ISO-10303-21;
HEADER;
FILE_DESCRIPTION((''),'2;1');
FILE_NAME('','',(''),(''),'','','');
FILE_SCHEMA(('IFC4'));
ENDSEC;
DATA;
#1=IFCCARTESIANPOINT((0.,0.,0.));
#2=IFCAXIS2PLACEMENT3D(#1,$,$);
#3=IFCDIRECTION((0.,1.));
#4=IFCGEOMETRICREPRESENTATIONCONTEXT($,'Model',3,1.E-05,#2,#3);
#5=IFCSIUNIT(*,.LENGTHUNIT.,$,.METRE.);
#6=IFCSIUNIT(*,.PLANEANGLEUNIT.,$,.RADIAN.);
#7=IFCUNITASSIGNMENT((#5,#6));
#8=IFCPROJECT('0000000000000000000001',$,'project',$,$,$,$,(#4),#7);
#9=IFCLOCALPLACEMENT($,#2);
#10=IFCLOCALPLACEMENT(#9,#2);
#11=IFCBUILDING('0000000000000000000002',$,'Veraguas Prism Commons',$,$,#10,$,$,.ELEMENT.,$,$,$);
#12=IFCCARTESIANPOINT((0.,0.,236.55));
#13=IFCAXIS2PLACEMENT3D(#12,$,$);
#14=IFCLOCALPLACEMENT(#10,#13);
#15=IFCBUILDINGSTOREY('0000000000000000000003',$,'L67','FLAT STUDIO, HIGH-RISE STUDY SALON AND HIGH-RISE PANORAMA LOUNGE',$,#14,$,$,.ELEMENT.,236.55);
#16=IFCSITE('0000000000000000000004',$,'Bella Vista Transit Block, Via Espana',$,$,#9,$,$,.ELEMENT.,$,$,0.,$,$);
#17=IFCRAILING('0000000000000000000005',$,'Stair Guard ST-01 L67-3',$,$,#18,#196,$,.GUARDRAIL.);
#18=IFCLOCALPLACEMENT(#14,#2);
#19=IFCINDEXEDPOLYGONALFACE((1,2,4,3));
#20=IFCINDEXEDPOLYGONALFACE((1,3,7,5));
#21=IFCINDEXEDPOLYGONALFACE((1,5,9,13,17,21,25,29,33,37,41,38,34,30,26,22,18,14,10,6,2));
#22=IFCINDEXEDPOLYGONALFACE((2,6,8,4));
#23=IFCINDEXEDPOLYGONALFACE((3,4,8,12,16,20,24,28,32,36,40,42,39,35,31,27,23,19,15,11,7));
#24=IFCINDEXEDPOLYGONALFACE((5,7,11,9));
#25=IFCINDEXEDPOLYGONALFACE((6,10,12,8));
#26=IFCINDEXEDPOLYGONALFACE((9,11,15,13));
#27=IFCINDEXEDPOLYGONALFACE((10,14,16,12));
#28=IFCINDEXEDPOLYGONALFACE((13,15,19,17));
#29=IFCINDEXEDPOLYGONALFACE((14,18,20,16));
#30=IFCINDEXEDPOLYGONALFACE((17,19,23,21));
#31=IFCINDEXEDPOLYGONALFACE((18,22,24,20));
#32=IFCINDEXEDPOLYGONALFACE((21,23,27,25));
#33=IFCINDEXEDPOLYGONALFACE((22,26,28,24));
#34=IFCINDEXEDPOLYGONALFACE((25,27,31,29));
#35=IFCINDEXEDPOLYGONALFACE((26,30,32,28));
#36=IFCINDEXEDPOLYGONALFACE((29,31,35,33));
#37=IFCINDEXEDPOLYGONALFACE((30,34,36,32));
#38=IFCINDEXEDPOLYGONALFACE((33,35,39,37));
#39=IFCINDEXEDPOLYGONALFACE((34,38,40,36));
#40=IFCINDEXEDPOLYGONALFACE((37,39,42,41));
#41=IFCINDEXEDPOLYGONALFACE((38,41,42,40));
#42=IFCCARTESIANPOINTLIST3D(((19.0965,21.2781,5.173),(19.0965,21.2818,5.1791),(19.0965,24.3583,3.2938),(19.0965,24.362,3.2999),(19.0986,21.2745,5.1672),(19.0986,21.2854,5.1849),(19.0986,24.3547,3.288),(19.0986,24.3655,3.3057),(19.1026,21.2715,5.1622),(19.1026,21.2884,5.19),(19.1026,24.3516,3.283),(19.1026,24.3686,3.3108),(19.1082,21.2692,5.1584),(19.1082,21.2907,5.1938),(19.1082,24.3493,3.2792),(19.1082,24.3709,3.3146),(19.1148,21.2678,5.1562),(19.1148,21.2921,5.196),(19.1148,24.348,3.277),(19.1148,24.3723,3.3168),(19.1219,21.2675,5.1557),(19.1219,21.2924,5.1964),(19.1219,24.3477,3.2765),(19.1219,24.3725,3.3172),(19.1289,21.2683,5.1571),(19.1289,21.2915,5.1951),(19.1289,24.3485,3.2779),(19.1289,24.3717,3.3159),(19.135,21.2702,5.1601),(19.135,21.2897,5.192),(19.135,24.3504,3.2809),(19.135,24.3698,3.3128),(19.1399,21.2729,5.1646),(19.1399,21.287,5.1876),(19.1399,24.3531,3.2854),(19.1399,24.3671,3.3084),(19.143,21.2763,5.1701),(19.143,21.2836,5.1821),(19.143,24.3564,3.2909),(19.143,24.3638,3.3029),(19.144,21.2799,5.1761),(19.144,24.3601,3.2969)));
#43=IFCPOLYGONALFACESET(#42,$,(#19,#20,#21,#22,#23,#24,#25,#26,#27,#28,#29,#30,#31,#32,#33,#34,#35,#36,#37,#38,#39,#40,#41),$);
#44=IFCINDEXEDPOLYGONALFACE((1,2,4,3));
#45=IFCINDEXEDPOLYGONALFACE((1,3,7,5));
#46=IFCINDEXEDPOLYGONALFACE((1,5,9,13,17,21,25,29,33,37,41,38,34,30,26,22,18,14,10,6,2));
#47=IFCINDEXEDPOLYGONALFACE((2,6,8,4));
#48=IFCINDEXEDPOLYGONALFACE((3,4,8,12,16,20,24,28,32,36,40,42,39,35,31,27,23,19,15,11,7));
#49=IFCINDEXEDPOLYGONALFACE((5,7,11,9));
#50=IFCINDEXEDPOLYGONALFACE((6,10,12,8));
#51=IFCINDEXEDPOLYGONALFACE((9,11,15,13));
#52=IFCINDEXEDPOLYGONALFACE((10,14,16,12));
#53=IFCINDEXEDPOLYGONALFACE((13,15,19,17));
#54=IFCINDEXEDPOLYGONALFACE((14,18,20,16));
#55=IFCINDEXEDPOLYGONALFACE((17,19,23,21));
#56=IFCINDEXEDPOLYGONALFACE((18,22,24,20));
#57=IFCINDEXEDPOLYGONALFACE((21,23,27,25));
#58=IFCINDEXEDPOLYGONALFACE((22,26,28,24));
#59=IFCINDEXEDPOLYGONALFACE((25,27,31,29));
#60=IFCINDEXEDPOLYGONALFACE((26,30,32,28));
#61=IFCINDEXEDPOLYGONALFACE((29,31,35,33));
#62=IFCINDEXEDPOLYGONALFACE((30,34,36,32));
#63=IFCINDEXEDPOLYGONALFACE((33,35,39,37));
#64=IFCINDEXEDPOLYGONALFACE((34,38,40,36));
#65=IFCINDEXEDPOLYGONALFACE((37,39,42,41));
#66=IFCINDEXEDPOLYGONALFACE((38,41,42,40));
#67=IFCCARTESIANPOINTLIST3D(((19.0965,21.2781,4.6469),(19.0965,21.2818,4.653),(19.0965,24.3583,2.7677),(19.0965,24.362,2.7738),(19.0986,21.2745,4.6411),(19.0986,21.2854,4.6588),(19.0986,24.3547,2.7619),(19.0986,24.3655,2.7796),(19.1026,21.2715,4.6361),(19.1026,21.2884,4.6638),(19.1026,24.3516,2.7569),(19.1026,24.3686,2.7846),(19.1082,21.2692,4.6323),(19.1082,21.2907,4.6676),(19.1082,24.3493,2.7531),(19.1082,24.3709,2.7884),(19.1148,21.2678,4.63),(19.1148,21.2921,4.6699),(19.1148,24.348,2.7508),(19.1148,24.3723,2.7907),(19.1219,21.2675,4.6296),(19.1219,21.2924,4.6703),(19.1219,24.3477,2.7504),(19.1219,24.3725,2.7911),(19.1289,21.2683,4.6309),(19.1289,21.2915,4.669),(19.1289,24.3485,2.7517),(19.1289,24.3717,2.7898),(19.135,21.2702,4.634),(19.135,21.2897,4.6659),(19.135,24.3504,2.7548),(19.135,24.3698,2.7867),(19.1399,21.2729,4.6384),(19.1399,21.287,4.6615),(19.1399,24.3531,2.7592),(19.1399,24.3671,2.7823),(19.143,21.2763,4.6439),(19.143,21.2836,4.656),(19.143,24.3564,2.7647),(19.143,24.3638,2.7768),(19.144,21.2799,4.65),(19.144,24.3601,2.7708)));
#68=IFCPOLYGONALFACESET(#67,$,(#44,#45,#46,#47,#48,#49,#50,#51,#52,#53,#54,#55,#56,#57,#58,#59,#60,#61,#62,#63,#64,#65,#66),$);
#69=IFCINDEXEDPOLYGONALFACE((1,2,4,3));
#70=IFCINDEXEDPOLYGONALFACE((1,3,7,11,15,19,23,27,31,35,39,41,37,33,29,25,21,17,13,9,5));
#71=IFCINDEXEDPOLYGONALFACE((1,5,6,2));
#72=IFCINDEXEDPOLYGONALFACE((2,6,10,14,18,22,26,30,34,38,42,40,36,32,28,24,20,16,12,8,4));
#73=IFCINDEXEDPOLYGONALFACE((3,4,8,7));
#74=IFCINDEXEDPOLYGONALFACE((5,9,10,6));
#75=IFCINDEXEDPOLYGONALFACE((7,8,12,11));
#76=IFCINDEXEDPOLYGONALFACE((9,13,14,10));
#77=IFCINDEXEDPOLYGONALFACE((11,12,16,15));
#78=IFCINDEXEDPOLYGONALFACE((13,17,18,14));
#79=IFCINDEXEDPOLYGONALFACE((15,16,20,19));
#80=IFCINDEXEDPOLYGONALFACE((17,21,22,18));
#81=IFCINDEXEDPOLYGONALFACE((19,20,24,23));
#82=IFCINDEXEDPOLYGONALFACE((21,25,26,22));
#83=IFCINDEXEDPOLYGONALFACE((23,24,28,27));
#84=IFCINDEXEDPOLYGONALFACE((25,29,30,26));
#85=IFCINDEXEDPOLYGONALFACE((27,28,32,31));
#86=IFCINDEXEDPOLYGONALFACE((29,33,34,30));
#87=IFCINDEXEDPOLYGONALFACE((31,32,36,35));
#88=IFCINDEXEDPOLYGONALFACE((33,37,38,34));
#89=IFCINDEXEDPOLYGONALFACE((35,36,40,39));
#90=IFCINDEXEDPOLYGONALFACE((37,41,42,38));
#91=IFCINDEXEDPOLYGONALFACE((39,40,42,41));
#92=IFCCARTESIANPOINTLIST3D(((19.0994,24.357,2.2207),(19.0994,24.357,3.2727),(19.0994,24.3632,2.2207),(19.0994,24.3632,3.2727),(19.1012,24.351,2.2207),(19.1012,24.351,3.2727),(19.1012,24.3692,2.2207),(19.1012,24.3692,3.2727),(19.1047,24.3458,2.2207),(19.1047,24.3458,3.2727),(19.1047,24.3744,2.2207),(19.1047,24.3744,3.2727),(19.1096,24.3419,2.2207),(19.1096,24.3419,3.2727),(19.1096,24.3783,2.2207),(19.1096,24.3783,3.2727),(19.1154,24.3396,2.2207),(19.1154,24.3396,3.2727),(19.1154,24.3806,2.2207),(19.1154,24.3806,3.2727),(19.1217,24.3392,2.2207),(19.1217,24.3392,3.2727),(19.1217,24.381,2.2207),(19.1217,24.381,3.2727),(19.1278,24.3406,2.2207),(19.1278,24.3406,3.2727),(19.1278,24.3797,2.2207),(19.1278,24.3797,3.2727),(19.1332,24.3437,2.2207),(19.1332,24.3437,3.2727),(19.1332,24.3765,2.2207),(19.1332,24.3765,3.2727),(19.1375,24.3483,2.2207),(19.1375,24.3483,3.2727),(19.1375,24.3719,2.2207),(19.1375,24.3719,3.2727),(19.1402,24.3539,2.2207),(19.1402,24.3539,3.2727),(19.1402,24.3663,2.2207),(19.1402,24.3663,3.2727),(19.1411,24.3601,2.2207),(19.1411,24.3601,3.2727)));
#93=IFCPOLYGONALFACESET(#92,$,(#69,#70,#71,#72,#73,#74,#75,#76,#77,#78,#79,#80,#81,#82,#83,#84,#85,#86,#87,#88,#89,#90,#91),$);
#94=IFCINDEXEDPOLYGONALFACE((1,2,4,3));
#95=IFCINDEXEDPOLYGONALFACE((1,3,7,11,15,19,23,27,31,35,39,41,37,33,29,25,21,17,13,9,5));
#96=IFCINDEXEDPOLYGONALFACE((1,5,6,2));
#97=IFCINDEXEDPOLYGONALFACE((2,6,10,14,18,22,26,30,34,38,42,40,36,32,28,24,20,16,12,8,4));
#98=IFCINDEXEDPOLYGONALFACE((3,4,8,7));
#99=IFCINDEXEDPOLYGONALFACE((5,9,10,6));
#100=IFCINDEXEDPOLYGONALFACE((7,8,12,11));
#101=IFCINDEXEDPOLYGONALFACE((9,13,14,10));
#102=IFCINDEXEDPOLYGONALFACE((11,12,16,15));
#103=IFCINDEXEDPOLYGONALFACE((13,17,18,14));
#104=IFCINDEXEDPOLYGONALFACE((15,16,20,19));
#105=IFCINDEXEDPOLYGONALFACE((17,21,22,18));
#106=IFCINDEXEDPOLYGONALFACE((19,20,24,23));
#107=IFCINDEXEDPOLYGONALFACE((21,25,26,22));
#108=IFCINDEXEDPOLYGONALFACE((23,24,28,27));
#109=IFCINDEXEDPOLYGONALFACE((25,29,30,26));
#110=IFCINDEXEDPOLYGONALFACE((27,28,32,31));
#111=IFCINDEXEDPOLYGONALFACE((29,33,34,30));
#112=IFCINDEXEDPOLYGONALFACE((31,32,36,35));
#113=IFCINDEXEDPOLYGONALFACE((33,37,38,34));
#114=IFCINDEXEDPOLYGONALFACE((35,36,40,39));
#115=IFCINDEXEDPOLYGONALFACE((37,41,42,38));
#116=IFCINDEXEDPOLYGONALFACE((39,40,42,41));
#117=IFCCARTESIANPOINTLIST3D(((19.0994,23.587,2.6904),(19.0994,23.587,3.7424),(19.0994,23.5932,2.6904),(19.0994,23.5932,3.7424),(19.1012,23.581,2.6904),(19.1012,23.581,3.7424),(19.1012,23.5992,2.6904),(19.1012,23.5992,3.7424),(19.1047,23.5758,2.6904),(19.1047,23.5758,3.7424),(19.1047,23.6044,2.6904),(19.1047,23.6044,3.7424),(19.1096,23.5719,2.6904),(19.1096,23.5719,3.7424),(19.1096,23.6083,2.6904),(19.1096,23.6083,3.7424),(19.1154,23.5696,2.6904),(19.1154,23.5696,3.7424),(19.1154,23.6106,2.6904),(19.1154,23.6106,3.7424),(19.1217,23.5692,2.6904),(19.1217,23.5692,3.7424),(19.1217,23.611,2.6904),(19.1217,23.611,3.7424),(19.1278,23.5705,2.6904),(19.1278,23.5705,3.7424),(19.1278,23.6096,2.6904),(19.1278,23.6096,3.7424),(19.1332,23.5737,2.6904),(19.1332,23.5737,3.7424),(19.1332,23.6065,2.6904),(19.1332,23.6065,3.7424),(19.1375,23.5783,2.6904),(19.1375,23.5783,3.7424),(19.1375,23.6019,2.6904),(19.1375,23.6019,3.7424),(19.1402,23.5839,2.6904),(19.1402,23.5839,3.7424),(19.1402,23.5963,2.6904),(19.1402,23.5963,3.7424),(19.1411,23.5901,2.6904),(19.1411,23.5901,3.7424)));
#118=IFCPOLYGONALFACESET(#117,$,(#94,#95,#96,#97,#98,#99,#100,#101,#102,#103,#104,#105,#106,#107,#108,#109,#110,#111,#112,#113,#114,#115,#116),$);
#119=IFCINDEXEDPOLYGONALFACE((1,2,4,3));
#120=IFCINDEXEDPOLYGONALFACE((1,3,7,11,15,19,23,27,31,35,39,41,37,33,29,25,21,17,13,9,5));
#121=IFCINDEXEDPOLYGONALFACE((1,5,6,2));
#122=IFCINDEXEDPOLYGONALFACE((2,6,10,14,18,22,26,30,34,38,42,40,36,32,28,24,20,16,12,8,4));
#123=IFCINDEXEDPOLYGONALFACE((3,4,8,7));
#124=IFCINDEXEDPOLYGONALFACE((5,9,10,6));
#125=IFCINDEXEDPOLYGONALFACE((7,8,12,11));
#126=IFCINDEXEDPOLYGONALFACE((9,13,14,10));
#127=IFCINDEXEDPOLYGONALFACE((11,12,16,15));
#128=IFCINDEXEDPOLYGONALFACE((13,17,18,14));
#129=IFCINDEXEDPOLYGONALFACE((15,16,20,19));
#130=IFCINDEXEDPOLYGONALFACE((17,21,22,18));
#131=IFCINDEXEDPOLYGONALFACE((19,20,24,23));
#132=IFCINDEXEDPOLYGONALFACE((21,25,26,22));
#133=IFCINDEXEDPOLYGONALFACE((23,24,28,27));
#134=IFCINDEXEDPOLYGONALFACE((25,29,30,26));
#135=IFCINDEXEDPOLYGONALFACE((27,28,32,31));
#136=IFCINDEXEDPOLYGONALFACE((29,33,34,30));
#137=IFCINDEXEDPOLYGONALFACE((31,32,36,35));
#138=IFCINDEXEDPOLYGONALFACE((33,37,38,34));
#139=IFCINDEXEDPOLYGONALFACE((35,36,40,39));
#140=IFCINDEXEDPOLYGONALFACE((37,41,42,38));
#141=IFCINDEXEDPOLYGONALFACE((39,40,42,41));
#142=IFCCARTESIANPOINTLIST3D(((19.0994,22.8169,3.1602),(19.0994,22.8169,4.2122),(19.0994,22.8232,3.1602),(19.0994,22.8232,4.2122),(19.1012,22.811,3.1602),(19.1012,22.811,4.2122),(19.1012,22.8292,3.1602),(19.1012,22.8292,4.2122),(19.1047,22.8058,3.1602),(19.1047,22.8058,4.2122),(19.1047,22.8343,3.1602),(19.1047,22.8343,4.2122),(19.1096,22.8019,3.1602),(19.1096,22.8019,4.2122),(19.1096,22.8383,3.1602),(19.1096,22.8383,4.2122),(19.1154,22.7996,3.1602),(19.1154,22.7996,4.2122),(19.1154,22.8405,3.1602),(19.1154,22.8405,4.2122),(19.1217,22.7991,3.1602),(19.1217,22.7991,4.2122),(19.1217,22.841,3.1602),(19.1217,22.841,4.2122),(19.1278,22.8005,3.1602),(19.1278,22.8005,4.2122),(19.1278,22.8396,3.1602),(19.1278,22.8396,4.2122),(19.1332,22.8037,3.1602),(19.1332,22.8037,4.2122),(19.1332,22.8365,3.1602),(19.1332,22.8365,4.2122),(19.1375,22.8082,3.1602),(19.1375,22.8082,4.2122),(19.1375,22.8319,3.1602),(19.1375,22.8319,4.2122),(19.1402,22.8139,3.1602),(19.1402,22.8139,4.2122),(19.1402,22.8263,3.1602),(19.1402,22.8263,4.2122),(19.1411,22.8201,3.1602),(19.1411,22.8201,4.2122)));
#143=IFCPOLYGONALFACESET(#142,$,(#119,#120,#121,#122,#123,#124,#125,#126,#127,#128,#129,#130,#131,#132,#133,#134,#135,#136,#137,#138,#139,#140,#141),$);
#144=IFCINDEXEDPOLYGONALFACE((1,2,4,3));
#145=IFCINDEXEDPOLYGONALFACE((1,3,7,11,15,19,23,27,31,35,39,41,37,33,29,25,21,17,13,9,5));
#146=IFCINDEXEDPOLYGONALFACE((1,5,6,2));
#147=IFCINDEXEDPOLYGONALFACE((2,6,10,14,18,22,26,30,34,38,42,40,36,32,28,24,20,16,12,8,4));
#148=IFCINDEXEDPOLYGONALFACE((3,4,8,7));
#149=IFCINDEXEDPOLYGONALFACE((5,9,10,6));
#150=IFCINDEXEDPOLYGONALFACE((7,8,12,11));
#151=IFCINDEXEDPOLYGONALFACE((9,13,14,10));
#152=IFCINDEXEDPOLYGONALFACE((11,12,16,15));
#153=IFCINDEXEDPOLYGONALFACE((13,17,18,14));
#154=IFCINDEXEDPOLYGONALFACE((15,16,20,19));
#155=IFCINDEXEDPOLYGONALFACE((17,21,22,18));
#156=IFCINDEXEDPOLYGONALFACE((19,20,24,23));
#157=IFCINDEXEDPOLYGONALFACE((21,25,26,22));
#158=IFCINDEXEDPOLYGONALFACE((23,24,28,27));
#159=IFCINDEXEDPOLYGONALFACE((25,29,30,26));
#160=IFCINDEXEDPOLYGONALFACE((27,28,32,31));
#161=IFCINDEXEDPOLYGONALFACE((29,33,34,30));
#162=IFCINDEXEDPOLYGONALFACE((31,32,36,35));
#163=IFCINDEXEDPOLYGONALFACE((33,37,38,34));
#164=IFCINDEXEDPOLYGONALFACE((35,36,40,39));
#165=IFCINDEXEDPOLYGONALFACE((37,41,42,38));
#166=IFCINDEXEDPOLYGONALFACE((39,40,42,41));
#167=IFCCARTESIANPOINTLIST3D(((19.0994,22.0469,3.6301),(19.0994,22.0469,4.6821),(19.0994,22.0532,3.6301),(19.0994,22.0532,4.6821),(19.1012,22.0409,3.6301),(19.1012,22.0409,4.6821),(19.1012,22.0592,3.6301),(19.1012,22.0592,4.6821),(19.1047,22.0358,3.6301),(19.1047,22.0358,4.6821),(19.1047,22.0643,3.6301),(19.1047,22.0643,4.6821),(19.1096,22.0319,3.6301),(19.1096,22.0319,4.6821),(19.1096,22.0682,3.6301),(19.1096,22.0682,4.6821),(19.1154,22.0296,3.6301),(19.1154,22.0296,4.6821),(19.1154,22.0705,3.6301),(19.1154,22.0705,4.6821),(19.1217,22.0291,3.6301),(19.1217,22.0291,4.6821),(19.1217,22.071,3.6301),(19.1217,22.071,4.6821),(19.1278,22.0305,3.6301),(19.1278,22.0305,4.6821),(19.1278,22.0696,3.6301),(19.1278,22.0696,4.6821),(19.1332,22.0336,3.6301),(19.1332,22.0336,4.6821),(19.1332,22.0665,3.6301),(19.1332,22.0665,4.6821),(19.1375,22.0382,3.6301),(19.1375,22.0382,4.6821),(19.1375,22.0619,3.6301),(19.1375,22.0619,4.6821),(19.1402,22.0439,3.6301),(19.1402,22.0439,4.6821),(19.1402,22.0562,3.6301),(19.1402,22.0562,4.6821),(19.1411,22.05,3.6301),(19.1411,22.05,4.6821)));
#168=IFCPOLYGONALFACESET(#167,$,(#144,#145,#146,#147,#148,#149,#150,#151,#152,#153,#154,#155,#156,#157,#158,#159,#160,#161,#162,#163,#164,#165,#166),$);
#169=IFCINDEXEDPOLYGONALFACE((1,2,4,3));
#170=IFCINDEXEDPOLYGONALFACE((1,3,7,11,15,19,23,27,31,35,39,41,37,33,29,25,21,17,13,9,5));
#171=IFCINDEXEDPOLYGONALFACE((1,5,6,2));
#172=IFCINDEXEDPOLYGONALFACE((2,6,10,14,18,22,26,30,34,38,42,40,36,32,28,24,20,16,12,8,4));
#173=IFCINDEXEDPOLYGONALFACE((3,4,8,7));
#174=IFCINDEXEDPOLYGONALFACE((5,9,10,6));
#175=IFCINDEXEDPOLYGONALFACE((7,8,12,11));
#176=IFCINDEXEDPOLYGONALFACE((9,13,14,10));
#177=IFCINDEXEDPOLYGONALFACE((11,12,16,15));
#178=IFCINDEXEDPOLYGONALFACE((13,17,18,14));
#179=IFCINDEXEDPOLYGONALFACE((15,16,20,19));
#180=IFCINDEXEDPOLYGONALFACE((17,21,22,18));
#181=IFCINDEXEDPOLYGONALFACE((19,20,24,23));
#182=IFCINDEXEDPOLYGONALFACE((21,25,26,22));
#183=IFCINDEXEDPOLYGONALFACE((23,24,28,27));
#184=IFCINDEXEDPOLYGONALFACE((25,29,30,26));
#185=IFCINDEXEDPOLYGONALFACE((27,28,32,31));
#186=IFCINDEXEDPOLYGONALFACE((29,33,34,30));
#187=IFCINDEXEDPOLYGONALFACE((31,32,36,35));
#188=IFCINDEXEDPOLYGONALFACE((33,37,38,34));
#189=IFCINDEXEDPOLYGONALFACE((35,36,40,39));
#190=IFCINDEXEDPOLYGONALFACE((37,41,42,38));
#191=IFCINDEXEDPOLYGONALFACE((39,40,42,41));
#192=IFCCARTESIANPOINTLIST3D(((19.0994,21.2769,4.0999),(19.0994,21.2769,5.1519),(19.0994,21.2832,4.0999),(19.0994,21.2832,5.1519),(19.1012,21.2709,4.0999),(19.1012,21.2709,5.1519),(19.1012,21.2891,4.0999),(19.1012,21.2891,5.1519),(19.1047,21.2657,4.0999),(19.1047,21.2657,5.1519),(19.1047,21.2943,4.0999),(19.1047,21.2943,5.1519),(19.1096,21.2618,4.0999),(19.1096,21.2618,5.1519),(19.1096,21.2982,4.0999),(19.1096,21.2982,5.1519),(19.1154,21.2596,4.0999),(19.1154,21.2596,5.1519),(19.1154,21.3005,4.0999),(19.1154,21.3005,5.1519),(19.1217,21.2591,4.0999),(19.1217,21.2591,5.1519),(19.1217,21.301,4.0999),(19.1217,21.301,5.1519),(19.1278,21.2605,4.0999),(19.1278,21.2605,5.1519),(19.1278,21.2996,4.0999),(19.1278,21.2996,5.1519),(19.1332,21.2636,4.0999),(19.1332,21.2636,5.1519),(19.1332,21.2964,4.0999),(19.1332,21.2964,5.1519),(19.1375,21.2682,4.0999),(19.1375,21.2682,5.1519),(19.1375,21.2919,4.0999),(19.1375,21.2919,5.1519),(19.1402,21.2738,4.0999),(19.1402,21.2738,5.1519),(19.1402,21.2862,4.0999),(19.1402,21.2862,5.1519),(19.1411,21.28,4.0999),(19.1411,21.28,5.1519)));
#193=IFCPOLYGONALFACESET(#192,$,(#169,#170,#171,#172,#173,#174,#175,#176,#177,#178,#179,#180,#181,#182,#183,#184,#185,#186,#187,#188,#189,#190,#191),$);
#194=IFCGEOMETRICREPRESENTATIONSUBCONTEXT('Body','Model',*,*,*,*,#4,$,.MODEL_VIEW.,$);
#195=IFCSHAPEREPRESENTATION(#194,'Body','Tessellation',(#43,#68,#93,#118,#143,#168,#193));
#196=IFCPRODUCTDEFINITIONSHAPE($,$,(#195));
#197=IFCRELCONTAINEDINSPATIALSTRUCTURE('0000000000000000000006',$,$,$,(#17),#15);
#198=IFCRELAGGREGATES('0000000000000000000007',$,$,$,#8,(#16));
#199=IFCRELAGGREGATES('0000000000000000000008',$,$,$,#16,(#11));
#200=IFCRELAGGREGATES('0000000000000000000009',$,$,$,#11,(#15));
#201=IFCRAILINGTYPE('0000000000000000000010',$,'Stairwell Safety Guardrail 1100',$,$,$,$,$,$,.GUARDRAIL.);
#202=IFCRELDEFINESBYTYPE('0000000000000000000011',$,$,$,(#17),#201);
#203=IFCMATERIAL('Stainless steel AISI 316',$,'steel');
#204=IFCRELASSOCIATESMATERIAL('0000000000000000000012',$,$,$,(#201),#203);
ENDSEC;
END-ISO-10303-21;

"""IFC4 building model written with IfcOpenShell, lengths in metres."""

from ifc_helpers import new_model, si_unit, direction, frame, origin, origin_2d, place, context, subcontext, project, spatial, circle, extrude, material, type_object, element, save


model = new_model("IFC4")

# Units and contexts
model_context = context("Model", 3, precision=1e-05, world=origin(), true_north=direction((0.0, 1.0)))
body_context = subcontext(model_context, "Body", "Model", "MODEL_VIEW")
ifc_project = project(units=[si_unit("LENGTHUNIT", "METRE"), si_unit("PLANEANGLEUNIT", "RADIAN")], contexts=[model_context])

# Site, building, storey
site_placement = place(None, origin())
site = spatial("IfcSite", under=ifc_project, at=site_placement, Name="Bella Vista Transit Block, Via Espana", CompositionType="ELEMENT", RefElevation=0.0)
building_placement = place(site_placement, origin())
building = spatial("IfcBuilding", under=site, at=building_placement, Name="Veraguas Prism Commons", CompositionType="ELEMENT")
storey_placement = place(building_placement, frame((0.0, 0.0, 236.55)))
storey = spatial("IfcBuildingStorey", under=building, at=storey_placement, Name="L67", Description="FLAT STUDIO, HIGH-RISE STUDY SALON AND HIGH-RISE PANORAMA LOUNGE", CompositionType="ELEMENT", Elevation=236.55)

# Railing
ifc_material_1 = material(Name="Stainless steel AISI 316", Category="steel")
railing_type_1 = type_object("IfcRailingType", Name="Stairwell Safety Guardrail 1100", PredefinedType="GUARDRAIL", material=ifc_material_1)
railing_1_placement = place(storey_placement, frame((19.1201, 24.3601, 2.2207)))
element("IfcRailing", 1, at=railing_1_placement, inside=storey, type_object=railing_type_1, Name="Stair Guard ST-01 L67-3", PredefinedType="GUARDRAIL", context=body_context, shape_type="SweptSolid", body=[
    extrude(circle(Radius=0.0239, at=origin_2d()), frame((0.0, 0.0, 1.0762), z_axis=(0.0, -0.853666, 0.52082), x_axis=(1.0, 0.0, 0.0)), (0.0, 0.0, 1.0), 3.6082),
    extrude(circle(Radius=0.0239, at=origin_2d()), frame((0.0, 0.0, 0.55), z_axis=(0.0, -0.853666, 0.52082), x_axis=(1.0, 0.0, 0.0)), (0.0, 0.0, 1.0), 3.6082),
    extrude(circle(Radius=0.021, at=origin_2d()), origin(), (0.0, 0.0, 1.0), 1.052),
    extrude(circle(Radius=0.021, at=origin_2d()), frame((0.0, -0.77, 0.4697)), (0.0, 0.0, 1.0), 1.052),
    extrude(circle(Radius=0.021, at=origin_2d()), frame((0.0, -1.54, 0.9395)), (0.0, 0.0, 1.0), 1.052),
    extrude(circle(Radius=0.021, at=origin_2d()), frame((0.0, -2.3101, 1.4094)), (0.0, 0.0, 1.0), 1.052),
    extrude(circle(Radius=0.021, at=origin_2d()), frame((0.0, -3.0801, 1.8792)), (0.0, 0.0, 1.0), 1.052),
])

save(model, "model.ifc")
